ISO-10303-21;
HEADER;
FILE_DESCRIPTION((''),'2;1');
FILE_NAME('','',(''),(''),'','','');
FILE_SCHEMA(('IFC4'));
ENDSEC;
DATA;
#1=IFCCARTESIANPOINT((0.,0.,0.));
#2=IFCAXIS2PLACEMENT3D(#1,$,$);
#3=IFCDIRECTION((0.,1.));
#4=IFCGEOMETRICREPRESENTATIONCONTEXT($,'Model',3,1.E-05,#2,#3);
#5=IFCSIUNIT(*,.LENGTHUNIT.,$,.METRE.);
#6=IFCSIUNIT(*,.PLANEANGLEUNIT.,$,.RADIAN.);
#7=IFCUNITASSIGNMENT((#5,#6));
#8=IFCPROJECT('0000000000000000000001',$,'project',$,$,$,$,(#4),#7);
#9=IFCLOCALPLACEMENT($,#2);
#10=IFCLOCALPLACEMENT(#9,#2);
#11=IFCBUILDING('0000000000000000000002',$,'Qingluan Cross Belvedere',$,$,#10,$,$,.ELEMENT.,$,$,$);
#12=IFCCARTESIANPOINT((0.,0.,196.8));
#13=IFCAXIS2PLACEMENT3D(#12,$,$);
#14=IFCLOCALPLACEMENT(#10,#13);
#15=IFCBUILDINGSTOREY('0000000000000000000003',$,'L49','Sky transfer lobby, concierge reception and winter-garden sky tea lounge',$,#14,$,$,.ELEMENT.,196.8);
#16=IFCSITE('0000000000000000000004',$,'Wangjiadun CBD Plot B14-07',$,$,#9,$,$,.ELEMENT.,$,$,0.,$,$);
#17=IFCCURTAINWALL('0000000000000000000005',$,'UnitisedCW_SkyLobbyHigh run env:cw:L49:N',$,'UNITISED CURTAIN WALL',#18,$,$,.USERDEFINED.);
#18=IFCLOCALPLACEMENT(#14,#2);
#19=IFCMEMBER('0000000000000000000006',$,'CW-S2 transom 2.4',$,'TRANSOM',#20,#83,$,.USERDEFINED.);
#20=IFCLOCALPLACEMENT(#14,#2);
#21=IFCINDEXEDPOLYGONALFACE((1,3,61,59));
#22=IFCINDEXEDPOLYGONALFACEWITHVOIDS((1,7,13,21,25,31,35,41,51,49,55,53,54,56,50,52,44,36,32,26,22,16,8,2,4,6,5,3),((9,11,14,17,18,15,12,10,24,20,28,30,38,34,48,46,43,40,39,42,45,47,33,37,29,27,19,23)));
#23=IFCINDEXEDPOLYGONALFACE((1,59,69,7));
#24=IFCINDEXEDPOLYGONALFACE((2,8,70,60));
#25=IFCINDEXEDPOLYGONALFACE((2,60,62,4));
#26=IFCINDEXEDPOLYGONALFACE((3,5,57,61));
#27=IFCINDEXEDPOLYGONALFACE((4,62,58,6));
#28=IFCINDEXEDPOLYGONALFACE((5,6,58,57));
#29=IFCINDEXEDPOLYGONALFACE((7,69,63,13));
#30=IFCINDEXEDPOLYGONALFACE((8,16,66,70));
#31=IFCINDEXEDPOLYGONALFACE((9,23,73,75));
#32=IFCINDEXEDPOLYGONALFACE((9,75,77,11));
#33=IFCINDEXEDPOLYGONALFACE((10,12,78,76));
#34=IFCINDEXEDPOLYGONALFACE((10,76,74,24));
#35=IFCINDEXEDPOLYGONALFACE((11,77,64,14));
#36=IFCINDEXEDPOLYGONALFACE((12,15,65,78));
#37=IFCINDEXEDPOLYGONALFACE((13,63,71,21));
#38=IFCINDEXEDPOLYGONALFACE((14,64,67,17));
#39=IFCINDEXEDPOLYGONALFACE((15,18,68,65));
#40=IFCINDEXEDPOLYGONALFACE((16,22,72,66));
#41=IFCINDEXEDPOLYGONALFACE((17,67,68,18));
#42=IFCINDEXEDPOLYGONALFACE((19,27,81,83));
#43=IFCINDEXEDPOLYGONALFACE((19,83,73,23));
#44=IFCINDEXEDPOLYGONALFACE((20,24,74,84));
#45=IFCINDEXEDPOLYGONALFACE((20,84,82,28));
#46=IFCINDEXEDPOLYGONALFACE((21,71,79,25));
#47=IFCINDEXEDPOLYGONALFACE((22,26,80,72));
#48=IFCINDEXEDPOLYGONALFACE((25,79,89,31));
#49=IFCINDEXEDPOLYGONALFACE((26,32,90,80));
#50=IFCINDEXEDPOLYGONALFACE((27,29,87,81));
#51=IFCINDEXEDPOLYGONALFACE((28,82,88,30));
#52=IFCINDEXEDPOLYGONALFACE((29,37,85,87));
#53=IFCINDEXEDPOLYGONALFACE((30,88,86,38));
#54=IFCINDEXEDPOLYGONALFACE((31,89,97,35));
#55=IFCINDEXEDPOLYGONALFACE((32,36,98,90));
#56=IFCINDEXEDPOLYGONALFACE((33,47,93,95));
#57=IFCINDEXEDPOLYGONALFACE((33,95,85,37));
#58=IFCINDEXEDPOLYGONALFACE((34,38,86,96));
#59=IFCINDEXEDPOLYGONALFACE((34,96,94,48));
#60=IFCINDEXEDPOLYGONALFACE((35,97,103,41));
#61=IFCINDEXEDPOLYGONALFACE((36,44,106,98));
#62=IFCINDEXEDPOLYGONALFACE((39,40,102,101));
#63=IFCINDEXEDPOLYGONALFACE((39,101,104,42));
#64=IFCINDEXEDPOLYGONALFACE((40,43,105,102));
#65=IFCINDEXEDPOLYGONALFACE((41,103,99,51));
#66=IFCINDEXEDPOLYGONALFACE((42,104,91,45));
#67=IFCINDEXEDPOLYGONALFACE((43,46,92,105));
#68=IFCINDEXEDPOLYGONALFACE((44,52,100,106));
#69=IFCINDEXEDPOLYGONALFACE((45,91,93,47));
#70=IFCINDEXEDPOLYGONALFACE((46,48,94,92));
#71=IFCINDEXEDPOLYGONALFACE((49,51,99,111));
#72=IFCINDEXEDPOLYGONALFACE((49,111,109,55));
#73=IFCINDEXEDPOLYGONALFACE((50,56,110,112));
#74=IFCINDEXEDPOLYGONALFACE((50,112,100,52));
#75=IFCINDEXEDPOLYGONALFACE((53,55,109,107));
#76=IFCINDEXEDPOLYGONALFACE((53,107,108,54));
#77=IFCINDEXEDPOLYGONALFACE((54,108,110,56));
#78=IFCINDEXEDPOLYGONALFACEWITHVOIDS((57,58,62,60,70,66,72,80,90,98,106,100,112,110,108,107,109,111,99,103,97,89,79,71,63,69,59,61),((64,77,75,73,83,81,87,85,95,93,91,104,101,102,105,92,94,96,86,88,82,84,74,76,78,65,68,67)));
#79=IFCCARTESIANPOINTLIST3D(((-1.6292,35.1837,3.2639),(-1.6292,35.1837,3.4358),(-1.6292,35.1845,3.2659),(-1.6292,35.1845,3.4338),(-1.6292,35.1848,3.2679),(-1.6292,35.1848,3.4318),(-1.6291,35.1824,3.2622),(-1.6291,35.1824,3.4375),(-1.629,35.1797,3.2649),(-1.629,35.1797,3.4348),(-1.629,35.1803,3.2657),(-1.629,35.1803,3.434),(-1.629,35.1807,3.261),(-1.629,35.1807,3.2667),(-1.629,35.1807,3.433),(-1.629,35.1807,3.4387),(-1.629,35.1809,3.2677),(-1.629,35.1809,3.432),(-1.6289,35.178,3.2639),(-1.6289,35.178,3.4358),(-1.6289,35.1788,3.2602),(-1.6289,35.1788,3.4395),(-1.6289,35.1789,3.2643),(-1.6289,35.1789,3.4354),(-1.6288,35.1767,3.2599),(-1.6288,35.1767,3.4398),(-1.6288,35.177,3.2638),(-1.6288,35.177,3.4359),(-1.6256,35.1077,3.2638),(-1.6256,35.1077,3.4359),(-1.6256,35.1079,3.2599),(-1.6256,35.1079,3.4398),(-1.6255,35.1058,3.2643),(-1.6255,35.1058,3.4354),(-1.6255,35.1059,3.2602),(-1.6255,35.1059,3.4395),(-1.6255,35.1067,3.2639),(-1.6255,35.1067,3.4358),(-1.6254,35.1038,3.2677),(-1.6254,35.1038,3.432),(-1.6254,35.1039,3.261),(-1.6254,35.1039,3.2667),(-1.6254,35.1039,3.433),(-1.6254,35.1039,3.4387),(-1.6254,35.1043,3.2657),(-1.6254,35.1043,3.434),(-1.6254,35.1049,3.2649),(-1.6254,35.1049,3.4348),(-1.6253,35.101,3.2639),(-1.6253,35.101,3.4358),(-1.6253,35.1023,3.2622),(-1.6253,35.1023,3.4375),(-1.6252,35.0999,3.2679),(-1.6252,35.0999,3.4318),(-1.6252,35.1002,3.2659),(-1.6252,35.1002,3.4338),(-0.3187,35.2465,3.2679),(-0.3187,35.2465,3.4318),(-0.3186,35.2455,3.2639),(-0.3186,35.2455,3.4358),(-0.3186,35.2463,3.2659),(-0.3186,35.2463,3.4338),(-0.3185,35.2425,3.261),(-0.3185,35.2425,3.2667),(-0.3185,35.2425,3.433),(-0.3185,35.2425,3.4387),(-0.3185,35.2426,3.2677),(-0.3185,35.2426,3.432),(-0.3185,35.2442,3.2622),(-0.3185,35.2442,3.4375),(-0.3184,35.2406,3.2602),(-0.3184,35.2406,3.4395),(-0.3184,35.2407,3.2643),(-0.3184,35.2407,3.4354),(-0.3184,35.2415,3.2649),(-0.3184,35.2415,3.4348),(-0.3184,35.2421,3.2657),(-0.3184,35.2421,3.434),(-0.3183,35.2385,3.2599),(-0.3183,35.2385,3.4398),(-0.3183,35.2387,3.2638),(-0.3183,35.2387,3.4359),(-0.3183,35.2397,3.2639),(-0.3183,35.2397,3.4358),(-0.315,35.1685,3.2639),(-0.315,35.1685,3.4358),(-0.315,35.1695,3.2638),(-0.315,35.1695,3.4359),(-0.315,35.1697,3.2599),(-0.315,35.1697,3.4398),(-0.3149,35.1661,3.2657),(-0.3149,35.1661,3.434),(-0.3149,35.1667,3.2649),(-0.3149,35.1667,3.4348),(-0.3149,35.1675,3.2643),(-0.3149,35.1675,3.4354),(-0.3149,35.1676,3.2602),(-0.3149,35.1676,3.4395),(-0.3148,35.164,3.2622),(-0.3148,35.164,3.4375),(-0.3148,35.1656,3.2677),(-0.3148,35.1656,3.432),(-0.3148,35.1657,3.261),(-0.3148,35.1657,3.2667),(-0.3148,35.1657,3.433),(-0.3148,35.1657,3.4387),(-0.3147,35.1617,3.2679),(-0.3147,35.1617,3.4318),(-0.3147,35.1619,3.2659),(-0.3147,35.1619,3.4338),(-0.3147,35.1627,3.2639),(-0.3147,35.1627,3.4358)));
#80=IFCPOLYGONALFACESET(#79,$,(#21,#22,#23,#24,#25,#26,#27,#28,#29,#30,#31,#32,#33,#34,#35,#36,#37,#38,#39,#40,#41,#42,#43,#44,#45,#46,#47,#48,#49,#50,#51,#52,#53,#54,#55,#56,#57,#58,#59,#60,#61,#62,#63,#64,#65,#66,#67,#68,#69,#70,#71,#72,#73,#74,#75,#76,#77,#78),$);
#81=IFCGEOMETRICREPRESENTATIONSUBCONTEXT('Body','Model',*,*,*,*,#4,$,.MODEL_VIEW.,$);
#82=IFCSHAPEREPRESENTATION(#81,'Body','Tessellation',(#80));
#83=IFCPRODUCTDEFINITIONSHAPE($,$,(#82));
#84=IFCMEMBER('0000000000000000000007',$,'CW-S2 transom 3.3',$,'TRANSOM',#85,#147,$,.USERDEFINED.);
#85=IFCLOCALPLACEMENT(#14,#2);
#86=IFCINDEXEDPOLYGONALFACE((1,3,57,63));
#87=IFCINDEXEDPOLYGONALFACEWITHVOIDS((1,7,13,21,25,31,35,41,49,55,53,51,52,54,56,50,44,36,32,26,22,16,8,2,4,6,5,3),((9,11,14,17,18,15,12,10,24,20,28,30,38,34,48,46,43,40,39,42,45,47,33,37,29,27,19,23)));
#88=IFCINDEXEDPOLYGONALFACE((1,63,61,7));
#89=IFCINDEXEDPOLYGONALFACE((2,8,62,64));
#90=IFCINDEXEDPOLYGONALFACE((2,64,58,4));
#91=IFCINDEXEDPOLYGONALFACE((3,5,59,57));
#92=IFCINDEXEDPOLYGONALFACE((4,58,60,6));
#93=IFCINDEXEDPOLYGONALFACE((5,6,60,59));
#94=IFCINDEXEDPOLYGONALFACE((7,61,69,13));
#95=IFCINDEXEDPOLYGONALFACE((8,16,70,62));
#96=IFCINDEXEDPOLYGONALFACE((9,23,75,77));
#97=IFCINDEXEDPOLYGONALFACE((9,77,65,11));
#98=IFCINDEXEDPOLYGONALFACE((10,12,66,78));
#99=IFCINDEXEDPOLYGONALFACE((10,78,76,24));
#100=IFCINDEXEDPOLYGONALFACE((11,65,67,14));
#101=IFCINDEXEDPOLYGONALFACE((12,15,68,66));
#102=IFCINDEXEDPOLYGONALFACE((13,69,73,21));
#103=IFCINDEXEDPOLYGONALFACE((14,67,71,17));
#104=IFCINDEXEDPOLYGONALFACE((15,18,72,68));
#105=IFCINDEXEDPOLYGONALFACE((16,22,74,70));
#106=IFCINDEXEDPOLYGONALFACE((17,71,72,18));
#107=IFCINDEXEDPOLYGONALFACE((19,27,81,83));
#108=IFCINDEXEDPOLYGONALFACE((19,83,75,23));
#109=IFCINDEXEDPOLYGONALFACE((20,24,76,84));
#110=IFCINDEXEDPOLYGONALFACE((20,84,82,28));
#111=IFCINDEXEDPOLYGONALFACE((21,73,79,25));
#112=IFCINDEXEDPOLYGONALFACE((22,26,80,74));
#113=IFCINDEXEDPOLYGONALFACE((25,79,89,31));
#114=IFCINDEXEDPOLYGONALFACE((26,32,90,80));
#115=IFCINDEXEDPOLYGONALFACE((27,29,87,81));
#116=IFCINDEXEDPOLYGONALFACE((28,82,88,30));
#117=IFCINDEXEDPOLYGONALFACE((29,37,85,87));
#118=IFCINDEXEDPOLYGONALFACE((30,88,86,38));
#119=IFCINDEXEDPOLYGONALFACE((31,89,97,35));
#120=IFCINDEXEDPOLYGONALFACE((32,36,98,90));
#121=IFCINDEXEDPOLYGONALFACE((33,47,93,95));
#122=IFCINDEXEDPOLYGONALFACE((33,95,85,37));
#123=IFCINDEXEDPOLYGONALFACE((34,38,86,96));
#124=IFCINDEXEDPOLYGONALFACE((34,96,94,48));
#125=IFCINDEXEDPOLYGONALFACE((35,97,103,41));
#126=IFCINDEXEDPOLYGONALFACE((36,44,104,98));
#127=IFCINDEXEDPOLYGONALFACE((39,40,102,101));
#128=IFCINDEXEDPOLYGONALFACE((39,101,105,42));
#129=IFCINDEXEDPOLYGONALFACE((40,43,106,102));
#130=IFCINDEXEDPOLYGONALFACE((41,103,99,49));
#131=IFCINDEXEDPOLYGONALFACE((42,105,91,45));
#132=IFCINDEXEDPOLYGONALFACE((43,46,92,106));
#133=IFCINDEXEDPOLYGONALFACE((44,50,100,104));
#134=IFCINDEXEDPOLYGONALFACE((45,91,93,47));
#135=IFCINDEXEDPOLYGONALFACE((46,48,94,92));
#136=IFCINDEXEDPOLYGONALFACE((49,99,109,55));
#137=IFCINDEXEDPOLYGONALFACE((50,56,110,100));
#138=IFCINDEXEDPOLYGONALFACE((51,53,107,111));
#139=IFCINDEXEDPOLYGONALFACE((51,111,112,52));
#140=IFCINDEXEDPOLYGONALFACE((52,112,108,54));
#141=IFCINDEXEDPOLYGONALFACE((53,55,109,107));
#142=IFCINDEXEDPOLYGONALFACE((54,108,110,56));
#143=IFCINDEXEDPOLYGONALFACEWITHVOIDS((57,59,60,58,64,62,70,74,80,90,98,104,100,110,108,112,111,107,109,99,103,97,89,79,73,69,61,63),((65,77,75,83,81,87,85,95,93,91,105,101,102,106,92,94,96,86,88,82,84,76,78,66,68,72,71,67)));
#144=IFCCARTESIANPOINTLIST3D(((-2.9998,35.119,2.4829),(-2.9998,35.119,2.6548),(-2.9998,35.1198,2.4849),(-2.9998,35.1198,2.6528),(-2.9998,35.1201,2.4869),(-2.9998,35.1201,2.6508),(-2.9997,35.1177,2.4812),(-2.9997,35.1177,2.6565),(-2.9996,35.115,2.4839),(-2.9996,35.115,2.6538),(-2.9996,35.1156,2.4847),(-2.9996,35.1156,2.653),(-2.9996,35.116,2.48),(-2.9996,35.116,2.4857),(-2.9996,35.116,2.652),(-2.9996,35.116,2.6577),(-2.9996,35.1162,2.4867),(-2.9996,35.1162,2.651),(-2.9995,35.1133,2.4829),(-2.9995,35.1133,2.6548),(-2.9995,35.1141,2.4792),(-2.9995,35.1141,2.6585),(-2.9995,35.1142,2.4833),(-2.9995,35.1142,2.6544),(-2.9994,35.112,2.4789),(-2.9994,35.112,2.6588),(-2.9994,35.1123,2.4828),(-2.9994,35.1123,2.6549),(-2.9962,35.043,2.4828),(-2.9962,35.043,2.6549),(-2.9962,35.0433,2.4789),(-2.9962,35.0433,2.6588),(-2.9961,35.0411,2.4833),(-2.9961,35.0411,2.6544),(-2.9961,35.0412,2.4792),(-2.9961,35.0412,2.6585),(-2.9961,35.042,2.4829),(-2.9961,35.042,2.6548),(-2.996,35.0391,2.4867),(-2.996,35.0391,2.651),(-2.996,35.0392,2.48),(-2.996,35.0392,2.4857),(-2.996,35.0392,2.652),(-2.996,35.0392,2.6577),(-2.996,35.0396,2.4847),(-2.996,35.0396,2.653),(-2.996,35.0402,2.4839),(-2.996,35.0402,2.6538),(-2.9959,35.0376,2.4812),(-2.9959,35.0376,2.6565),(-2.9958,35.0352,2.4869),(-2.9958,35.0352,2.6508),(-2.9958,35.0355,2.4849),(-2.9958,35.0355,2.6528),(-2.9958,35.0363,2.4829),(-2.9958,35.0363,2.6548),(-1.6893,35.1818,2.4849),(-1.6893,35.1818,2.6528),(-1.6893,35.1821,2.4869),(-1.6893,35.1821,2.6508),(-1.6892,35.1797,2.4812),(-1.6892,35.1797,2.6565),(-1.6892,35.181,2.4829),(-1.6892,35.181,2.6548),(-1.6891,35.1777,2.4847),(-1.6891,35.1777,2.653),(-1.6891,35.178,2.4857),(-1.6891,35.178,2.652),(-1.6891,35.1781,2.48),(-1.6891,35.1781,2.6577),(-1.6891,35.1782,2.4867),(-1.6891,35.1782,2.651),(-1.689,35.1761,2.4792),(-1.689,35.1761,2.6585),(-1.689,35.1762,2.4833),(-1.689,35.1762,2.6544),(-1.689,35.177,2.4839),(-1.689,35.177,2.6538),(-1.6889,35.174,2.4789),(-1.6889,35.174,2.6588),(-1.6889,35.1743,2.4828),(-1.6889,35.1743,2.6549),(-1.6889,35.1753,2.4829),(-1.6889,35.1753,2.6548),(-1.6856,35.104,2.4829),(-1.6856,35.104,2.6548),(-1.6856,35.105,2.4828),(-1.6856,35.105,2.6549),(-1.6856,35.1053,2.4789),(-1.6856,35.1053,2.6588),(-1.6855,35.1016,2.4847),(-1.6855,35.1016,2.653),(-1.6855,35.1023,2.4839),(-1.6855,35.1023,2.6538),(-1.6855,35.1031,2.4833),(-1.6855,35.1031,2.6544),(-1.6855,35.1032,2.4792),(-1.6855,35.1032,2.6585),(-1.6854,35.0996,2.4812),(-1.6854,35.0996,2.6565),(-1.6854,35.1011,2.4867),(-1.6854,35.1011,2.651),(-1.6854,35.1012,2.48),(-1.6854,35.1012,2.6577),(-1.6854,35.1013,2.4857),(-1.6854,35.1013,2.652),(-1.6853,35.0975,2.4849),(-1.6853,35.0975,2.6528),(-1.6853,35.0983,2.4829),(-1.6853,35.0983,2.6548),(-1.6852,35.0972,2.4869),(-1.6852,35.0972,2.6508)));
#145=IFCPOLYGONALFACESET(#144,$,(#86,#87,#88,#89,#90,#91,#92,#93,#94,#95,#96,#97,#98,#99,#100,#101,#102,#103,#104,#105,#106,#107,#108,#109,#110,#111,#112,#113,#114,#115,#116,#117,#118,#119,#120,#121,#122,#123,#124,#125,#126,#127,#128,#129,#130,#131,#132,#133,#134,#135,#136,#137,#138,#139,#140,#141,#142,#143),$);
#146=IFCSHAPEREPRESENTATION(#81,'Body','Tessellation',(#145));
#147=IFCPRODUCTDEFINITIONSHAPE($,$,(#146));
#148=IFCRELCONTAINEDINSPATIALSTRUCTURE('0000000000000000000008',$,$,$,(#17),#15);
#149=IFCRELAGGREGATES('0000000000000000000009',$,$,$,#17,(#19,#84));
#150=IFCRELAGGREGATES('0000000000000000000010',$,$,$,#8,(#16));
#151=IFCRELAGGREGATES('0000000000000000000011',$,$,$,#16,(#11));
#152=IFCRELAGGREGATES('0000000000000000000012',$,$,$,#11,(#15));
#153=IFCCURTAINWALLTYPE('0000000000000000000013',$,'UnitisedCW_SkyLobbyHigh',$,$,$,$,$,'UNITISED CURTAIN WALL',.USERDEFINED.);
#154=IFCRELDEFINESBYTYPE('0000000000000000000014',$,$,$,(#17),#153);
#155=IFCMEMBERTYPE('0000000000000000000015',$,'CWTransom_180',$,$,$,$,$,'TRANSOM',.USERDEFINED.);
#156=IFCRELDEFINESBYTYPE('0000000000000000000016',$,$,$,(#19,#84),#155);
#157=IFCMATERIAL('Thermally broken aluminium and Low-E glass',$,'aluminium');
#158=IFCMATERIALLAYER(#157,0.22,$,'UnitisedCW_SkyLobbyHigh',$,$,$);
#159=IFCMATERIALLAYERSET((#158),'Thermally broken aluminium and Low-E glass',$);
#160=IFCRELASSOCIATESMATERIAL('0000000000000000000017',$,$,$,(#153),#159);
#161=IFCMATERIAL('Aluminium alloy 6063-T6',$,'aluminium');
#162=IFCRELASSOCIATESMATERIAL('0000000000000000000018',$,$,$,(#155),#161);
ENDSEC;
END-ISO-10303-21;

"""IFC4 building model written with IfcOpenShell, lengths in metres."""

from ifc_helpers import new_model, si_unit, direction, frame, origin, origin_2d, place, context, subcontext, project, spatial, hollow_rectangle, extrude, material, layer, layer_set, material_profile, profile_set, type_object, element, aggregate, save


model = new_model("IFC4")

# Units and contexts
model_context = context("Model", 3, precision=1e-05, world=origin(), true_north=direction((0.0, 1.0)))
body_context = subcontext(model_context, "Body", "Model", "MODEL_VIEW")
ifc_project = project(units=[si_unit("LENGTHUNIT", "METRE"), si_unit("PLANEANGLEUNIT", "RADIAN")], contexts=[model_context])

# Site, building, storey
site_placement = place(None, origin())
site = spatial("IfcSite", under=ifc_project, at=site_placement, Name="Wangjiadun CBD Plot B14-07", CompositionType="ELEMENT", RefElevation=0.0)
building_placement = place(site_placement, origin())
building = spatial("IfcBuilding", under=site, at=building_placement, Name="Qingluan Cross Belvedere", CompositionType="ELEMENT")
storey_placement = place(building_placement, frame((0.0, 0.0, 196.8)))
storey = spatial("IfcBuildingStorey", under=building, at=storey_placement, Name="L49", Description="Sky transfer lobby, concierge reception and winter-garden sky tea lounge", CompositionType="ELEMENT", Elevation=196.8)

# Curtain wall, members
ifc_material_1 = material(Name="Thermally broken aluminium and Low-E glass", Category="aluminium")
ifc_layer_1 = layer(ifc_material_1, 0.22, Name="UnitisedCW_SkyLobbyHigh")
ifc_layer_set_1 = layer_set([ifc_layer_1], Name="Thermally broken aluminium and Low-E glass")
curtain_wall_type = type_object("IfcCurtainWallType", Name="UnitisedCW_SkyLobbyHigh", ElementType="UNITISED CURTAIN WALL", PredefinedType="USERDEFINED", material=ifc_layer_set_1)
curtain_wall_placement = place(storey_placement, origin())
curtain_wall = element("IfcCurtainWall", 1, at=curtain_wall_placement, inside=storey, type_object=curtain_wall_type, Name="UnitisedCW_SkyLobbyHigh run env:cw:L49:N", ObjectType="UNITISED CURTAIN WALL", PredefinedType="USERDEFINED")
ifc_material_2 = material(Name="Aluminium alloy 6063-T6", Category="aluminium")
ifc_material_profile_1 = material_profile(ifc_material_2, hollow_rectangle(XDim=0.085, YDim=0.1799, WallThickness=0.0039, InnerFilletRadius=0.0039, OuterFilletRadius=0.0081, at=origin_2d()), Name="CWT180x85x4")
ifc_profile_set_1 = profile_set([ifc_material_profile_1], Name="Aluminium alloy 6063-T6")
member_type_1 = type_object("IfcMemberType", Name="CWTransom_180", ElementType="TRANSOM", PredefinedType="USERDEFINED", material=ifc_profile_set_1)
member_1_placement = place(storey_placement, frame((-0.3167, 35.2041, 3.3499), z_axis=(-0.998891, -0.047079, 0.0), x_axis=(0.047079, -0.998891, 0.0)))
member_1 = element("IfcMember", 2, at=member_1_placement, type_object=member_type_1, Name="CW-S2 transom 2.4", ObjectType="TRANSOM", PredefinedType="USERDEFINED", context=body_context, shape_type="SweptSolid", body=[
    extrude(hollow_rectangle(XDim=0.085, YDim=0.1799, WallThickness=0.0039, InnerFilletRadius=0.0039, OuterFilletRadius=0.0081, at=origin_2d()), origin(), (0.0, 0.0, 1.0), 1.312),
])
member_2_placement = place(storey_placement, frame((-1.6873, 35.1396, 2.5688), z_axis=(-0.998882, -0.047265, 0.0), x_axis=(0.047265, -0.998882, 0.0)))
member_2 = element("IfcMember", 3, at=member_2_placement, type_object=member_type_1, Name="CW-S2 transom 3.3", ObjectType="TRANSOM", PredefinedType="USERDEFINED", context=body_context, shape_type="SweptSolid", body=[
    extrude(hollow_rectangle(XDim=0.085, YDim=0.1799, WallThickness=0.0039, InnerFilletRadius=0.0039, OuterFilletRadius=0.0081, at=origin_2d()), origin(), (0.0, 0.0, 1.0), 1.312),
])
aggregate(curtain_wall, [member_1, member_2])

save(model, "model.ifc")
